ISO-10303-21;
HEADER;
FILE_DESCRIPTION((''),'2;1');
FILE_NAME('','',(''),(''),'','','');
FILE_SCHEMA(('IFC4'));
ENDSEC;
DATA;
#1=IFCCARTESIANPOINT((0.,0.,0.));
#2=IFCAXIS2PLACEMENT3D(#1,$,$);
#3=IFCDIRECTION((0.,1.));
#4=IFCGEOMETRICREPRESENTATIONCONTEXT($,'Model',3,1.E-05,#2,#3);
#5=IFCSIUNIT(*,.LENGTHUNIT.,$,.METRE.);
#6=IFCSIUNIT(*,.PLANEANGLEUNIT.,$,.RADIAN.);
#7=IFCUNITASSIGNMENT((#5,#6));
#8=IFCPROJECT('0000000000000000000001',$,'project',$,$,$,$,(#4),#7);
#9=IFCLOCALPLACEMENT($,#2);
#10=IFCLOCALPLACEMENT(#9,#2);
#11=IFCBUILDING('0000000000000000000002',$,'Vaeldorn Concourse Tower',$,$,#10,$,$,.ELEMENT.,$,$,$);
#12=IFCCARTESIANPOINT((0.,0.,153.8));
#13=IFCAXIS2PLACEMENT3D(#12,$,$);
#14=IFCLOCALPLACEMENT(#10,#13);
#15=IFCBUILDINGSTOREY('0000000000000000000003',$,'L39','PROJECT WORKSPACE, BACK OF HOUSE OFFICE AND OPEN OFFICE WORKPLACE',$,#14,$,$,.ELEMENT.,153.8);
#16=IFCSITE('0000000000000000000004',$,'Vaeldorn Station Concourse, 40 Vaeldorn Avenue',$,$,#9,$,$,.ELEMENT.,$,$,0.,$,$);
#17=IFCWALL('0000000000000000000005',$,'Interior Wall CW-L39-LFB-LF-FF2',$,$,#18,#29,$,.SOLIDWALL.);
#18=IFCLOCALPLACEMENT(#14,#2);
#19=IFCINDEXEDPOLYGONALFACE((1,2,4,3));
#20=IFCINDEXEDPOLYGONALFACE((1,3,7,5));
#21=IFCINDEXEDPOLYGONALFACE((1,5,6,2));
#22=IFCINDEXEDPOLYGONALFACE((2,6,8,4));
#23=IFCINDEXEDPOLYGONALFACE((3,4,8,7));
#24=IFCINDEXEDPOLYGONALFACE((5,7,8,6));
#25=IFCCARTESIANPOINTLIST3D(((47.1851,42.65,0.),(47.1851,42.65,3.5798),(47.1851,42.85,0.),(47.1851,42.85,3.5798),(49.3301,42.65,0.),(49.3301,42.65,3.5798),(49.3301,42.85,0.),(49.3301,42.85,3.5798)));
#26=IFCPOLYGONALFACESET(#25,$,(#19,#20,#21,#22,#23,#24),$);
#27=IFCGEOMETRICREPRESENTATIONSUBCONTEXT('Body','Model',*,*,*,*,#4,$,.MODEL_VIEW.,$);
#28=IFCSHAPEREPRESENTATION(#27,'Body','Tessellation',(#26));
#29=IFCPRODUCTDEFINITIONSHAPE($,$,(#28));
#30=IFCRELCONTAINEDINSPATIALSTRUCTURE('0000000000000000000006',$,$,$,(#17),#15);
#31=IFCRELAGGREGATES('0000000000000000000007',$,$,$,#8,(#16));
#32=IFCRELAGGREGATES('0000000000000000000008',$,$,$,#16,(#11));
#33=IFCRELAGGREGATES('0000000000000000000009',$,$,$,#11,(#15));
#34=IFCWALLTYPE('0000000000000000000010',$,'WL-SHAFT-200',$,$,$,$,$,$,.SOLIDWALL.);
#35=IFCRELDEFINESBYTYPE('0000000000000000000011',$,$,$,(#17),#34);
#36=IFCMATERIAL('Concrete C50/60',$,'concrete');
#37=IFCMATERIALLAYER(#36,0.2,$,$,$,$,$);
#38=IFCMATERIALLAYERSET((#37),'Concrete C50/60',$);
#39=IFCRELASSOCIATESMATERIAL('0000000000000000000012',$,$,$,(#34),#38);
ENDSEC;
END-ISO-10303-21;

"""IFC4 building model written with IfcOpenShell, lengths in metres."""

from ifc_helpers import new_model, si_unit, direction, frame, frame_2d, origin, place, context, subcontext, project, spatial, rectangle, extrude, material, layer, layer_set, type_object, element, save


model = new_model("IFC4")

# Units and contexts
model_context = context("Model", 3, precision=1e-05, world=origin(), true_north=direction((0.0, 1.0)))
body_context = subcontext(model_context, "Body", "Model", "MODEL_VIEW")
ifc_project = project(units=[si_unit("LENGTHUNIT", "METRE"), si_unit("PLANEANGLEUNIT", "RADIAN")], contexts=[model_context])

# Site, building, storey
site_placement = place(None, origin())
site = spatial("IfcSite", under=ifc_project, at=site_placement, Name="Vaeldorn Station Concourse, 40 Vaeldorn Avenue", CompositionType="ELEMENT", RefElevation=0.0)
building_placement = place(site_placement, origin())
building = spatial("IfcBuilding", under=site, at=building_placement, Name="Vaeldorn Concourse Tower", CompositionType="ELEMENT")
storey_placement = place(building_placement, frame((0.0, 0.0, 153.8)))
storey = spatial("IfcBuildingStorey", under=building, at=storey_placement, Name="L39", Description="PROJECT WORKSPACE, BACK OF HOUSE OFFICE AND OPEN OFFICE WORKPLACE", CompositionType="ELEMENT", Elevation=153.8)

# Shared definitions
ifc_material_1 = material(Name="Concrete C50/60", Category="concrete")
ifc_layer_1 = layer(ifc_material_1, 0.2)
ifc_layer_set_1 = layer_set([ifc_layer_1], Name="Concrete C50/60")
wall_type_1 = type_object("IfcWallType", Name="WL-SHAFT-200", PredefinedType="SOLIDWALL", material=ifc_layer_set_1)

# Wall
wall_1_placement = place(storey_placement, frame((47.1851, 42.75, 0.0), z_axis=(0.0, 0.0, 1.0), x_axis=(1.0, 0.0, 0.0)))
element("IfcWall", 1, at=wall_1_placement, inside=storey, type_object=wall_type_1, Name="Interior Wall CW-L39-LFB-LF-FF2", PredefinedType="SOLIDWALL", context=body_context, shape_type="SweptSolid", body=[
    extrude(rectangle(XDim=2.145, YDim=0.2, at=frame_2d((1.0725, 0.0))), origin(), (0.0, 0.0, 1.0), 3.5798),
])

save(model, "model.ifc")
